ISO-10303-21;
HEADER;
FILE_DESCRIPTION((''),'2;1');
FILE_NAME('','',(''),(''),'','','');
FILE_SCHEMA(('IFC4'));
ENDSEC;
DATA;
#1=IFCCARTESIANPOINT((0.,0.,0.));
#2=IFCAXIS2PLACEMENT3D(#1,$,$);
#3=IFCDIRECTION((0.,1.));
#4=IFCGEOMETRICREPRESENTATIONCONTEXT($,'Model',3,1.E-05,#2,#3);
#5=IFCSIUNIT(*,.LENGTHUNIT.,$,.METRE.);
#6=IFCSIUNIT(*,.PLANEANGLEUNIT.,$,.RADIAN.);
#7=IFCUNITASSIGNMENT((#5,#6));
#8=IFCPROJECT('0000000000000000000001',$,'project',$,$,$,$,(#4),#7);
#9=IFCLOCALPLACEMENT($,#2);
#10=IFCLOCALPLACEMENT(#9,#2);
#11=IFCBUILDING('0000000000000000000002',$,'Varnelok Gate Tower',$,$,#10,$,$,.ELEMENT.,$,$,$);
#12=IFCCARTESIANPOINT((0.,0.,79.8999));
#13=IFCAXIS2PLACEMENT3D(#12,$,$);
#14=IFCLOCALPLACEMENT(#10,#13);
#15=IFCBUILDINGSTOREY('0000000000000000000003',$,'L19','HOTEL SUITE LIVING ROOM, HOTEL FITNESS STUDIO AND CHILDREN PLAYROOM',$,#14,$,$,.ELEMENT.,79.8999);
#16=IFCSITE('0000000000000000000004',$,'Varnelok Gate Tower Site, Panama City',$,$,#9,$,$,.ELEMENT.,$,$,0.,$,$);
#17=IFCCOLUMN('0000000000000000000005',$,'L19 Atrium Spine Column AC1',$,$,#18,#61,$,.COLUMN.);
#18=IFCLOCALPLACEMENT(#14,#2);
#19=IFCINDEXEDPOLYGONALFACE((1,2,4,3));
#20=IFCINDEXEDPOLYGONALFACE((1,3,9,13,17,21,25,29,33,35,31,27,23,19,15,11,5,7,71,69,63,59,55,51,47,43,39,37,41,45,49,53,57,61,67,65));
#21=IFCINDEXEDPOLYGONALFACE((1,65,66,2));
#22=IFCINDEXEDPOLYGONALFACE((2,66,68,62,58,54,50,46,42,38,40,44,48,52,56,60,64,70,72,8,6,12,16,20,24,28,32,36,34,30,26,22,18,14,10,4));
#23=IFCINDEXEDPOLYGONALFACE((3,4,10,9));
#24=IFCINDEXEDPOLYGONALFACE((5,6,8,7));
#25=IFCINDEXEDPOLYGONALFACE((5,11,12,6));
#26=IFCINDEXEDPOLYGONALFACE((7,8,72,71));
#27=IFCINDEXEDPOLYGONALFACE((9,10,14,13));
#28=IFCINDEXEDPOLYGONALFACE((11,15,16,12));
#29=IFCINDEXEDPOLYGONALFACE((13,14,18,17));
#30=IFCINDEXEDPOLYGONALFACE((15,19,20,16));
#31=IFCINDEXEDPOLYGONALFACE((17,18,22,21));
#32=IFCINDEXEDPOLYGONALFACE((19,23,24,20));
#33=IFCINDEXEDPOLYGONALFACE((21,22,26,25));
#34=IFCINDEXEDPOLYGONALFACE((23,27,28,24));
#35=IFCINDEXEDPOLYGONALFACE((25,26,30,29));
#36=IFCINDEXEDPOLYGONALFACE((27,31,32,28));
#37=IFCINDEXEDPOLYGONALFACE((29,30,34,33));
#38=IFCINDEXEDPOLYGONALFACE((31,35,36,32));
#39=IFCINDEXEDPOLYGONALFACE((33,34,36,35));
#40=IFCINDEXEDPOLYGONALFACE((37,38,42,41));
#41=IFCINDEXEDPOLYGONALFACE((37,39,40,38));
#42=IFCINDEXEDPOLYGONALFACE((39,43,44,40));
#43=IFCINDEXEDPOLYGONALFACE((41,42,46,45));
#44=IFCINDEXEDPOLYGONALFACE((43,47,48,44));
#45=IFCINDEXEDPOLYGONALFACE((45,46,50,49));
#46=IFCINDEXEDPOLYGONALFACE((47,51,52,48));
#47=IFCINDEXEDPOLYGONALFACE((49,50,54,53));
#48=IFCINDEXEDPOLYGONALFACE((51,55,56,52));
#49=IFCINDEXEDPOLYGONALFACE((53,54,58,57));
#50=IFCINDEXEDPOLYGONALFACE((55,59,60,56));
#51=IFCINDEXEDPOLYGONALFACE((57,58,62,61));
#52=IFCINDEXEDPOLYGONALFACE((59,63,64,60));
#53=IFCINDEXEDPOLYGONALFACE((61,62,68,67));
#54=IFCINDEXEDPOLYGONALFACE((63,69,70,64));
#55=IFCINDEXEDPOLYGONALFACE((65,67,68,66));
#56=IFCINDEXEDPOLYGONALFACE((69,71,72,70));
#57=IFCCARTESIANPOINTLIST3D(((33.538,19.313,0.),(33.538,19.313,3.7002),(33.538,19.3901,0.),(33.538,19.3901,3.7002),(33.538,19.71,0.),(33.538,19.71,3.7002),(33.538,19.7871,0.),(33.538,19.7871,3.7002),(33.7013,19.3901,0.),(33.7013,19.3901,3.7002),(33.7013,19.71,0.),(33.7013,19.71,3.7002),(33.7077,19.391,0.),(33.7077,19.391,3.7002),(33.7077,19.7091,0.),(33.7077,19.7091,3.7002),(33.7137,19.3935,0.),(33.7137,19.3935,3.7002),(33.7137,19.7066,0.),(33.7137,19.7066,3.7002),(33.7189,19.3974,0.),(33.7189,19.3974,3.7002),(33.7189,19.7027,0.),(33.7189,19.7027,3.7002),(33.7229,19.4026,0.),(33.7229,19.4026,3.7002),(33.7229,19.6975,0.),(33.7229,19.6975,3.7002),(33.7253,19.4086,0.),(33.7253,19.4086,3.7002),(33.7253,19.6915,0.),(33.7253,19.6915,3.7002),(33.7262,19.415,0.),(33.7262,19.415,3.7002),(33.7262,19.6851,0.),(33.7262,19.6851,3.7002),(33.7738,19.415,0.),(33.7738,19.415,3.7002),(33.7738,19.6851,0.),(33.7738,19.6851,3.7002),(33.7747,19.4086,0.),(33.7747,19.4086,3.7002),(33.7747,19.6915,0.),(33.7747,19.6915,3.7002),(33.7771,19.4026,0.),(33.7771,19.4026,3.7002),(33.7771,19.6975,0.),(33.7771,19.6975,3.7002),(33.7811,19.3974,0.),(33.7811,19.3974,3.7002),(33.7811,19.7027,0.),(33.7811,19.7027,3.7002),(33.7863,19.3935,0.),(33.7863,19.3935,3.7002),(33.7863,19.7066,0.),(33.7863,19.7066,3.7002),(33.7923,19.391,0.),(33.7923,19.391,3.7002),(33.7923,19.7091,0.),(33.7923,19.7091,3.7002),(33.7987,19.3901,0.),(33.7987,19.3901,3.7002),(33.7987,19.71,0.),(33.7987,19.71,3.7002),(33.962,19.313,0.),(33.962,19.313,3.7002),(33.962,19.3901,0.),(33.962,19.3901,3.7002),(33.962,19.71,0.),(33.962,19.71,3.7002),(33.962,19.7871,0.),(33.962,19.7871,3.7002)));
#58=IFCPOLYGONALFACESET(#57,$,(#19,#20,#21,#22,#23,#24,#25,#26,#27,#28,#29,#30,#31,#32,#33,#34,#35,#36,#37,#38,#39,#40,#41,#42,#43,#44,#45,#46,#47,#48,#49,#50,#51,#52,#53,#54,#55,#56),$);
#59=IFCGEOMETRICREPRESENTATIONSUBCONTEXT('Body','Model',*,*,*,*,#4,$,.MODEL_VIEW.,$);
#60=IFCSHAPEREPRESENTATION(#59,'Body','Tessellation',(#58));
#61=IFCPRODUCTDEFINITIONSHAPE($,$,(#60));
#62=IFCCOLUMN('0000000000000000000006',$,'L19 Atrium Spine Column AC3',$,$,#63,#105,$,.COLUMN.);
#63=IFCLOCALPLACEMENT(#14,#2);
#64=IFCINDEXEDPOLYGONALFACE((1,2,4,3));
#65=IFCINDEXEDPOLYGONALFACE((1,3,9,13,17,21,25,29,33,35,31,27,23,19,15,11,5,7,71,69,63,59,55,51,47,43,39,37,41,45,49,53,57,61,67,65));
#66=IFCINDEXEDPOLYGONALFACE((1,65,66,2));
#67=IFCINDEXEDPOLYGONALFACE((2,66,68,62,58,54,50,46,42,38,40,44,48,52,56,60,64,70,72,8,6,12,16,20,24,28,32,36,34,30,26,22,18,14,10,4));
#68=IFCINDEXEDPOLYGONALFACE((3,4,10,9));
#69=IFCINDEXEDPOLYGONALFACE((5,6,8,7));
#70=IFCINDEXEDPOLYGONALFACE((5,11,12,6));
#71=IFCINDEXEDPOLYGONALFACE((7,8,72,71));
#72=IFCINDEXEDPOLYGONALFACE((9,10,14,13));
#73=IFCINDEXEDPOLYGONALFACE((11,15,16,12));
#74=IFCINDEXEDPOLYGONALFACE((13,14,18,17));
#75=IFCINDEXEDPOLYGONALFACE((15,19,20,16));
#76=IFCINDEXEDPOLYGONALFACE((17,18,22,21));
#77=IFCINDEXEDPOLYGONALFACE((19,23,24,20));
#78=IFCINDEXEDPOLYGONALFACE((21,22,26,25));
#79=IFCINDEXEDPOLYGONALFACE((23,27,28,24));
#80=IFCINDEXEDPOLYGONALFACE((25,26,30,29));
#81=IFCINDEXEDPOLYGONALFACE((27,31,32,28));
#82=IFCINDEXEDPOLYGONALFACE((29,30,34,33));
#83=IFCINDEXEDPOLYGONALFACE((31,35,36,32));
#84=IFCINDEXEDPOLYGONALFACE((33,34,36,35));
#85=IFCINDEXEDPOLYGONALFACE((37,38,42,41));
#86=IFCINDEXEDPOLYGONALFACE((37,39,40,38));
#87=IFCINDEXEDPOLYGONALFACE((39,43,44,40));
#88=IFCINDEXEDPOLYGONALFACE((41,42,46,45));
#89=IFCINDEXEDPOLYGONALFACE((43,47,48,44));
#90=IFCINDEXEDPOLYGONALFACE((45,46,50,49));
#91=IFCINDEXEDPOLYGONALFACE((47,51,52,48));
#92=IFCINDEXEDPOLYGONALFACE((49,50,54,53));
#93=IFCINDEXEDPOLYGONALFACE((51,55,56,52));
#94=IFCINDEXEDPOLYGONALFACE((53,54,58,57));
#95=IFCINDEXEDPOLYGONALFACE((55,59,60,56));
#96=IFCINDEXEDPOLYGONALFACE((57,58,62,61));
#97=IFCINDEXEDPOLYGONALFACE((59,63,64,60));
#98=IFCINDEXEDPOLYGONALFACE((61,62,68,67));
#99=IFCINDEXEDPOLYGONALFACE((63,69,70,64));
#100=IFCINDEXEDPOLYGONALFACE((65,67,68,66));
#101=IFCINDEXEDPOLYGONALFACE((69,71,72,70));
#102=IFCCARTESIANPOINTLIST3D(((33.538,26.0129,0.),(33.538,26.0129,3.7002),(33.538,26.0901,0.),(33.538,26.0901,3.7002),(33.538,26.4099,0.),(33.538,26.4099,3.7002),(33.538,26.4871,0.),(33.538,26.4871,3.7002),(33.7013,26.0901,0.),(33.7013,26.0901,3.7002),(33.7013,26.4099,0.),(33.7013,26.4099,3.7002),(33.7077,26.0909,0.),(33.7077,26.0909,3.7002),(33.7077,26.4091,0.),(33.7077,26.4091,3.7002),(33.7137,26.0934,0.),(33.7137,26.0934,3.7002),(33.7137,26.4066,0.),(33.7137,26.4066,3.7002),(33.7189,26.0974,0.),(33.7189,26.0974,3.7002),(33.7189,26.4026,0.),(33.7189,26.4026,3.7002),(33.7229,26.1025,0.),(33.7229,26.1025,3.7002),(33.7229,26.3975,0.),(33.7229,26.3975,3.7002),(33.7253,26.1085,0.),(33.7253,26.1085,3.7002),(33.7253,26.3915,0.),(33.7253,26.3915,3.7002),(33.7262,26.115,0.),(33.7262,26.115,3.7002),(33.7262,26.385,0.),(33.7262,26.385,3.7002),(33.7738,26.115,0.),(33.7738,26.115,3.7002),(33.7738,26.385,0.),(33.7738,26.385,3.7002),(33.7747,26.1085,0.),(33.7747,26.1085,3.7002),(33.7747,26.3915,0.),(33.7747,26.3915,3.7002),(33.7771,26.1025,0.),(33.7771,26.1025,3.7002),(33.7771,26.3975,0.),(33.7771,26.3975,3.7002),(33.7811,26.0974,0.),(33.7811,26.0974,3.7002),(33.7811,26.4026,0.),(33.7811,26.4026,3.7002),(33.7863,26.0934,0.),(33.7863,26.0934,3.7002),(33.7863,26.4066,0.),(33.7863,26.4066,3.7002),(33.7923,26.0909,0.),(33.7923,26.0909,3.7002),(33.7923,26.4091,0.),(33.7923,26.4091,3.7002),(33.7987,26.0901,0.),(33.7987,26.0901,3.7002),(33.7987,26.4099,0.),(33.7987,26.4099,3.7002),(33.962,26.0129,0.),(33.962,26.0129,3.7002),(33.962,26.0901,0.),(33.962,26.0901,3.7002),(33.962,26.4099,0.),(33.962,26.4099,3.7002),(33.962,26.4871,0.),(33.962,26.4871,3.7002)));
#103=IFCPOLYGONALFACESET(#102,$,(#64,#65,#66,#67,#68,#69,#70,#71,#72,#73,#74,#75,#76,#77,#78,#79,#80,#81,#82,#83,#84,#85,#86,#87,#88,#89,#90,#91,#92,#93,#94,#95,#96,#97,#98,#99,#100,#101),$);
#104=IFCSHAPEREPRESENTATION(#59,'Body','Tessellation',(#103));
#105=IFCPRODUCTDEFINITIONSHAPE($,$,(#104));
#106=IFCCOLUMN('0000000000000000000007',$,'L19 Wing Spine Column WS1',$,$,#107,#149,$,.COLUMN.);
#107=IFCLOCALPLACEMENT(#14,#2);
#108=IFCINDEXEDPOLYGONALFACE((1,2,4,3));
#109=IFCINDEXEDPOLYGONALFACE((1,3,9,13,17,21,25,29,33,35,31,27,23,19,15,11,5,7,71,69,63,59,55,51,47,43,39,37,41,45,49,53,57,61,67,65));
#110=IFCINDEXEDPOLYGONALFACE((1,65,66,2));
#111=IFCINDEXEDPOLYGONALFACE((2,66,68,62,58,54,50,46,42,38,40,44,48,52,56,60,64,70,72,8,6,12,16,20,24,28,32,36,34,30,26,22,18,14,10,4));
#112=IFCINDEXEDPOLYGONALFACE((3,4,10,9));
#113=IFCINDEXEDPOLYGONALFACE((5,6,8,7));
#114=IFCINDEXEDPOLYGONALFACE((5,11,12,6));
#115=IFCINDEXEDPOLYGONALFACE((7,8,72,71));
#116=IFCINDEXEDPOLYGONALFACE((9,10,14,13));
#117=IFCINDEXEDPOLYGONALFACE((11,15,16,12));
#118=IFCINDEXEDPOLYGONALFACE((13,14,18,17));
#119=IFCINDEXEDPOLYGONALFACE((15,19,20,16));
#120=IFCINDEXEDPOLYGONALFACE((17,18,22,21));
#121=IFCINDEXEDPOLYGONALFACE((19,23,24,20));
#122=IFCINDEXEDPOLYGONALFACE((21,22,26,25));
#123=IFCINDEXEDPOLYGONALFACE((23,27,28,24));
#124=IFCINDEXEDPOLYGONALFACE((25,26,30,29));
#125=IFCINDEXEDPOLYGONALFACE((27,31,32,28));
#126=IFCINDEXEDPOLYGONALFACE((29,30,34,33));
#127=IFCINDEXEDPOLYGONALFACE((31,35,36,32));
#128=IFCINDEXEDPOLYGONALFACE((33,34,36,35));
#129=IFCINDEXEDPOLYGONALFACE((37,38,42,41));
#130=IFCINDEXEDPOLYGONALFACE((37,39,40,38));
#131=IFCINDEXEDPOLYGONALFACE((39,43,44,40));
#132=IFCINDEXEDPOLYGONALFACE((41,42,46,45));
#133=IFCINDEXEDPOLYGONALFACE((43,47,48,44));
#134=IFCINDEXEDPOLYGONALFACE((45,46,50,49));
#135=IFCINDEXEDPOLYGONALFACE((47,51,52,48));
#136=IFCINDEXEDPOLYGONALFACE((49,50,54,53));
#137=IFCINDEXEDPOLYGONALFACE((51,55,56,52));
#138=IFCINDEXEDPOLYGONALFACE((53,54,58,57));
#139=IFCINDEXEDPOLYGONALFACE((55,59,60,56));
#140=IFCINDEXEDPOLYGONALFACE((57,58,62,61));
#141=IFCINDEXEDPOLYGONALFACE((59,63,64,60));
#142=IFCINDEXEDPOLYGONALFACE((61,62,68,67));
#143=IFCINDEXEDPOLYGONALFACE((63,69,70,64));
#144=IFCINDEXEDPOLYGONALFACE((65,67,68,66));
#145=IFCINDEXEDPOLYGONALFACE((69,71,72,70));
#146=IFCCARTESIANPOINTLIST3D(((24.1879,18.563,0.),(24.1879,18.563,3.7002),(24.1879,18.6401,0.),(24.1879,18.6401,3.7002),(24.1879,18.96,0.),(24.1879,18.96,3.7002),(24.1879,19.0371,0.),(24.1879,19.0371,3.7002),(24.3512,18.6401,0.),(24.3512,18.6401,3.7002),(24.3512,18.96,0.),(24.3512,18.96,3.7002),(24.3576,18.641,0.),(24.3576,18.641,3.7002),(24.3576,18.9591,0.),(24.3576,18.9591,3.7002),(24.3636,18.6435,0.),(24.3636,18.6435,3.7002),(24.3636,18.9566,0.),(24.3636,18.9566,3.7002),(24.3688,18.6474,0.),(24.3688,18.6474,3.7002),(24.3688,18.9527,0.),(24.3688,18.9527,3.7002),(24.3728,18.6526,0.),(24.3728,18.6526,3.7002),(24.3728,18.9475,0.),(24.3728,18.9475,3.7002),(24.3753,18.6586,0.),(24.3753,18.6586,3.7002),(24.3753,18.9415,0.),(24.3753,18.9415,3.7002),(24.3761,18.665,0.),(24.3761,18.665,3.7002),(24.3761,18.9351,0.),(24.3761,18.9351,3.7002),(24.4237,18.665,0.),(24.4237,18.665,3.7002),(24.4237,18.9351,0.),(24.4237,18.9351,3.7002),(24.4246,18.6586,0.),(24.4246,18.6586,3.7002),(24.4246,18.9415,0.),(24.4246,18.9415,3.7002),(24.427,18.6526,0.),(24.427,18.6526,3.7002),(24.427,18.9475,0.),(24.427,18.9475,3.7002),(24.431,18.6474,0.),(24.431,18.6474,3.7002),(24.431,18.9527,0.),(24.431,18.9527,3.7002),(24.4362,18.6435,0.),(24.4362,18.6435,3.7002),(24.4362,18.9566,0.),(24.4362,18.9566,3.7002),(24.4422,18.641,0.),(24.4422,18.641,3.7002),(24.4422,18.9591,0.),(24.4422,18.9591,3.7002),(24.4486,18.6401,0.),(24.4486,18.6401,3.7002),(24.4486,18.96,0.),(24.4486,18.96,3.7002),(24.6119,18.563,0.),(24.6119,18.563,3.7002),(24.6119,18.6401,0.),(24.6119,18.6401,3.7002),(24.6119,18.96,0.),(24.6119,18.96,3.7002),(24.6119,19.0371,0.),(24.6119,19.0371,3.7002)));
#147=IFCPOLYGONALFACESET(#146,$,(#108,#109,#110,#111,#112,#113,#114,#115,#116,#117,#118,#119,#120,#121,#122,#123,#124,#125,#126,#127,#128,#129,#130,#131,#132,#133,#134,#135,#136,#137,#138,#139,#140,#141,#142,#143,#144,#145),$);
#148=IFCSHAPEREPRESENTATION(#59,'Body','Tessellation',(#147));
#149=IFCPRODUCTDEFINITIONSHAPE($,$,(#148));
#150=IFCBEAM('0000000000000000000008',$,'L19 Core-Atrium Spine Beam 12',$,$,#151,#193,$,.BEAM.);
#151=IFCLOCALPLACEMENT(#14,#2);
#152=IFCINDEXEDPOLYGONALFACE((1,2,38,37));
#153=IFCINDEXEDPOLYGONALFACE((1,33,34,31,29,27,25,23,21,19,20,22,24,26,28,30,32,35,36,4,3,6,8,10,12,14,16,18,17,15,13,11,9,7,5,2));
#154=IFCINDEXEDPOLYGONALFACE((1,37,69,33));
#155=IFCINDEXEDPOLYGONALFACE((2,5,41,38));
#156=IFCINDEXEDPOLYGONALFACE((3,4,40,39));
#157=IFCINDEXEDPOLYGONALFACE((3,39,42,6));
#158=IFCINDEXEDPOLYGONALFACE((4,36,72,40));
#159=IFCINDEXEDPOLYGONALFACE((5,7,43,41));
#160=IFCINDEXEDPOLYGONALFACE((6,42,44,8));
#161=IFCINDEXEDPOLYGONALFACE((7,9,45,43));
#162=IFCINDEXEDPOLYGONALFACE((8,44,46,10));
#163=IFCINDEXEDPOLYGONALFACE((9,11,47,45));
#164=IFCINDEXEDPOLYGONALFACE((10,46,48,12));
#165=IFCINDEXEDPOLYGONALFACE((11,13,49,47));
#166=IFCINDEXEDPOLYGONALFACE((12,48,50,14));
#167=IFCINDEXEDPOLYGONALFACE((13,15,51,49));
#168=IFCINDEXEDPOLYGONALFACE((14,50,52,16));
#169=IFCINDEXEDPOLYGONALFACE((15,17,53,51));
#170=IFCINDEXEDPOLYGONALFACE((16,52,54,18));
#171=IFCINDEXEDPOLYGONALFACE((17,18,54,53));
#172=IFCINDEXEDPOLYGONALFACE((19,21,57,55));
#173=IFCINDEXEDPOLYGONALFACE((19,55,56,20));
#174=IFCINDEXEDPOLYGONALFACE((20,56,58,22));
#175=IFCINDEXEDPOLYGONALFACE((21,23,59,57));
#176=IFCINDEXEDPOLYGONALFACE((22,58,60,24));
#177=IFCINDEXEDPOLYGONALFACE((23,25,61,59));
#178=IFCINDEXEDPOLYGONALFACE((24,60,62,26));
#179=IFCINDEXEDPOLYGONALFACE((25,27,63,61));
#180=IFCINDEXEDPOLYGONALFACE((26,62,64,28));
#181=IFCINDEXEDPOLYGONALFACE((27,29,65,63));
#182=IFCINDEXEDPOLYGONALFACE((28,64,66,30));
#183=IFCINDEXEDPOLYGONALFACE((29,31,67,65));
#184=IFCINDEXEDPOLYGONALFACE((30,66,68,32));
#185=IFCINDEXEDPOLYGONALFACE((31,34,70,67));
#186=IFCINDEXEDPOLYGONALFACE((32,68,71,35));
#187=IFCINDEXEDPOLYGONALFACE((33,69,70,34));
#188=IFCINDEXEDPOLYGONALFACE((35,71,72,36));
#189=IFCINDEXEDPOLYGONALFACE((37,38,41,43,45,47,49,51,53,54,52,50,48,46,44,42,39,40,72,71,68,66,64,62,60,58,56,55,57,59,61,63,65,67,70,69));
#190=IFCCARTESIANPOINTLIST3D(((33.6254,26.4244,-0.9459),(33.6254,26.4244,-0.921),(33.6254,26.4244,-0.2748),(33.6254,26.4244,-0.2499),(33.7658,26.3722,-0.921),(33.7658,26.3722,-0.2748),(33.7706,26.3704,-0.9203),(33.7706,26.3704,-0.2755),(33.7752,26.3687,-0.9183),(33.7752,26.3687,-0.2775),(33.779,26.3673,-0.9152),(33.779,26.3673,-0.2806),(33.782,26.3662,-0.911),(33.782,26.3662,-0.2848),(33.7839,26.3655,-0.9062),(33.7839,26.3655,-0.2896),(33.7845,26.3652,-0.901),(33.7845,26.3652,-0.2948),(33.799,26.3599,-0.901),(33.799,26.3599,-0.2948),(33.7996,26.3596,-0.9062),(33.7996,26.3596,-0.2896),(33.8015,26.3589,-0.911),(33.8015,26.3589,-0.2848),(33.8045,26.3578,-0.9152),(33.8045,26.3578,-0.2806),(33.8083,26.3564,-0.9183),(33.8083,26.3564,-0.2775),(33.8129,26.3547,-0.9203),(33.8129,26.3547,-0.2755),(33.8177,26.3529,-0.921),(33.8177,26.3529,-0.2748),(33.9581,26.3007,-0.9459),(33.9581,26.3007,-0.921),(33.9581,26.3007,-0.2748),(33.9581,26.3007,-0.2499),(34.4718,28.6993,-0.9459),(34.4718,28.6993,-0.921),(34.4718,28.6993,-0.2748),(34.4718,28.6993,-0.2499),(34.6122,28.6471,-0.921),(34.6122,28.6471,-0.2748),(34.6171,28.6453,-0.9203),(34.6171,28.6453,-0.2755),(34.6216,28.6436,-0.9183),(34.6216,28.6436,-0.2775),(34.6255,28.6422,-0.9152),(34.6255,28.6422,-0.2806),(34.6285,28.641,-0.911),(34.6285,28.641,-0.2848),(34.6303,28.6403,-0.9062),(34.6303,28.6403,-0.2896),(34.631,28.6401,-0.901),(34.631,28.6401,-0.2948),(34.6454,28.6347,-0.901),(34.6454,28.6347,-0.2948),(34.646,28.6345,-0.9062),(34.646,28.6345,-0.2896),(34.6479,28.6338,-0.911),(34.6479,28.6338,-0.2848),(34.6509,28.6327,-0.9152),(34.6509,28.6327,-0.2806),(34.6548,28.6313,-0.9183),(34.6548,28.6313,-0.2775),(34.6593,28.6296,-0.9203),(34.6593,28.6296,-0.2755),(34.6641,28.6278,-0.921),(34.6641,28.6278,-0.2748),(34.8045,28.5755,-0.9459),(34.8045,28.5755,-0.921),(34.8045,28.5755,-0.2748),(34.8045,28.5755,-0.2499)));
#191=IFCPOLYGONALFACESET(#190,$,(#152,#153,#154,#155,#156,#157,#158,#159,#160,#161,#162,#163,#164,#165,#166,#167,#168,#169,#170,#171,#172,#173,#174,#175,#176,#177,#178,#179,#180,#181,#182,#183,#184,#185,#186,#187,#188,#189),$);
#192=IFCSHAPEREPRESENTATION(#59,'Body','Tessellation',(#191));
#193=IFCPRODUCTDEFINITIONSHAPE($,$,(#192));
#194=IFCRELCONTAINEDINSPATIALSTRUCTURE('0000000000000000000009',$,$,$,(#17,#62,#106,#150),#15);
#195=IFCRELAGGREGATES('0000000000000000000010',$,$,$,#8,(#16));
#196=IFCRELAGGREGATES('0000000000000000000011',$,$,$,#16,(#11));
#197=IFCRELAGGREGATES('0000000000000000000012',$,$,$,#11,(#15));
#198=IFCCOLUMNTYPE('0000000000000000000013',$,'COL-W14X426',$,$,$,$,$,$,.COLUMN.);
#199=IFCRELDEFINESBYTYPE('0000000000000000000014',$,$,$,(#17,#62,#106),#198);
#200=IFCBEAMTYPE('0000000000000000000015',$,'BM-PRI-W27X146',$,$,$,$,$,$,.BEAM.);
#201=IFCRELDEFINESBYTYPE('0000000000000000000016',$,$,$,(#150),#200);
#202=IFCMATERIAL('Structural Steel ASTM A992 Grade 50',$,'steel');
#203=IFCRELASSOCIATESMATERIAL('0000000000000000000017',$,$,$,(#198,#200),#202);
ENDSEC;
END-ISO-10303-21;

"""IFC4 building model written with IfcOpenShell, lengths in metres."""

from ifc_helpers import new_model, si_unit, direction, frame, origin, origin_2d, place, context, subcontext, project, spatial, i_section, extrude, material, material_profile, profile_set, type_object, element, save


model = new_model("IFC4")

# Units and contexts
model_context = context("Model", 3, precision=1e-05, world=origin(), true_north=direction((0.0, 1.0)))
body_context = subcontext(model_context, "Body", "Model", "MODEL_VIEW")
ifc_project = project(units=[si_unit("LENGTHUNIT", "METRE"), si_unit("PLANEANGLEUNIT", "RADIAN")], contexts=[model_context])

# Site, building, storey
site_placement = place(None, origin())
site = spatial("IfcSite", under=ifc_project, at=site_placement, Name="Varnelok Gate Tower Site, Panama City", CompositionType="ELEMENT", RefElevation=0.0)
building_placement = place(site_placement, origin())
building = spatial("IfcBuilding", under=site, at=building_placement, Name="Varnelok Gate Tower", CompositionType="ELEMENT")
storey_placement = place(building_placement, frame((0.0, 0.0, 79.8999)))
storey = spatial("IfcBuildingStorey", under=building, at=storey_placement, Name="L19", Description="HOTEL SUITE LIVING ROOM, HOTEL FITNESS STUDIO AND CHILDREN PLAYROOM", CompositionType="ELEMENT", Elevation=79.8999)

# Columns
ifc_material_1 = material(Name="Structural Steel ASTM A992 Grade 50", Category="steel")
ifc_material_profile_1 = material_profile(ifc_material_1, i_section(OverallWidth=0.4241, OverallDepth=0.4741, WebThickness=0.0476, FlangeThickness=0.0771, FilletRadius=0.0249, at=origin_2d()), Name="W14X426")
ifc_profile_set_1 = profile_set([ifc_material_profile_1], Name="Structural Steel ASTM A992 Grade 50")
column_type = type_object("IfcColumnType", Name="COL-W14X426", PredefinedType="COLUMN", material=ifc_profile_set_1)
for number, where, z_axis, x_axis, name in (
    (1, (33.75, 19.55, 0.0), (0.0, 0.0, 1.0), (1.0, 0.0, 0.0), "L19 Atrium Spine Column AC1"),
    (2, (33.75, 26.25, 0.0), (0.0, 0.0, 1.0), (1.0, 0.0, 0.0), "L19 Atrium Spine Column AC3"),
    (3, (24.3999, 18.8, 0.0), (0.0, 0.0, 1.0), (1.0, 0.0, 0.0), "L19 Wing Spine Column WS1"),
):
    element("IfcColumn", number, at=place(storey_placement, frame(where, z_axis=z_axis, x_axis=x_axis)), inside=storey, type_object=column_type, Name=name, PredefinedType="COLUMN", context=body_context, shape_type="SweptSolid", body=[
        extrude(i_section(OverallWidth=0.4241, OverallDepth=0.4741, WebThickness=0.0476, FlangeThickness=0.0771, FilletRadius=0.0249, at=origin_2d()), origin(), (0.0, 0.0, 1.0), 3.7002),
    ])

# Beam
ifc_material_profile_2 = material_profile(ifc_material_1, i_section(OverallWidth=0.355, OverallDepth=0.696, WebThickness=0.0154, FlangeThickness=0.0249, FilletRadius=0.02, at=origin_2d()), Name="W27X146")
ifc_profile_set_2 = profile_set([ifc_material_profile_2], Name="Structural Steel ASTM A992 Grade 50")
beam_type_1 = type_object("IfcBeamType", Name="BM-PRI-W27X146", PredefinedType="BEAM", material=ifc_profile_set_2)
beam_1_placement = place(storey_placement, frame((33.7917, 26.3625, -0.5979), z_axis=(0.348719, 0.937227, 0.0), x_axis=(-0.937227, 0.348719, 0.0)))
element("IfcBeam", 4, at=beam_1_placement, inside=storey, type_object=beam_type_1, Name="L19 Core-Atrium Spine Beam 12", PredefinedType="BEAM", context=body_context, shape_type="SweptSolid", body=[
    extrude(i_section(OverallWidth=0.355, OverallDepth=0.696, WebThickness=0.0154, FlangeThickness=0.0249, FilletRadius=0.02, at=origin_2d()), origin(), (0.0, 0.0, 1.0), 2.4272),
])

save(model, "model.ifc")
